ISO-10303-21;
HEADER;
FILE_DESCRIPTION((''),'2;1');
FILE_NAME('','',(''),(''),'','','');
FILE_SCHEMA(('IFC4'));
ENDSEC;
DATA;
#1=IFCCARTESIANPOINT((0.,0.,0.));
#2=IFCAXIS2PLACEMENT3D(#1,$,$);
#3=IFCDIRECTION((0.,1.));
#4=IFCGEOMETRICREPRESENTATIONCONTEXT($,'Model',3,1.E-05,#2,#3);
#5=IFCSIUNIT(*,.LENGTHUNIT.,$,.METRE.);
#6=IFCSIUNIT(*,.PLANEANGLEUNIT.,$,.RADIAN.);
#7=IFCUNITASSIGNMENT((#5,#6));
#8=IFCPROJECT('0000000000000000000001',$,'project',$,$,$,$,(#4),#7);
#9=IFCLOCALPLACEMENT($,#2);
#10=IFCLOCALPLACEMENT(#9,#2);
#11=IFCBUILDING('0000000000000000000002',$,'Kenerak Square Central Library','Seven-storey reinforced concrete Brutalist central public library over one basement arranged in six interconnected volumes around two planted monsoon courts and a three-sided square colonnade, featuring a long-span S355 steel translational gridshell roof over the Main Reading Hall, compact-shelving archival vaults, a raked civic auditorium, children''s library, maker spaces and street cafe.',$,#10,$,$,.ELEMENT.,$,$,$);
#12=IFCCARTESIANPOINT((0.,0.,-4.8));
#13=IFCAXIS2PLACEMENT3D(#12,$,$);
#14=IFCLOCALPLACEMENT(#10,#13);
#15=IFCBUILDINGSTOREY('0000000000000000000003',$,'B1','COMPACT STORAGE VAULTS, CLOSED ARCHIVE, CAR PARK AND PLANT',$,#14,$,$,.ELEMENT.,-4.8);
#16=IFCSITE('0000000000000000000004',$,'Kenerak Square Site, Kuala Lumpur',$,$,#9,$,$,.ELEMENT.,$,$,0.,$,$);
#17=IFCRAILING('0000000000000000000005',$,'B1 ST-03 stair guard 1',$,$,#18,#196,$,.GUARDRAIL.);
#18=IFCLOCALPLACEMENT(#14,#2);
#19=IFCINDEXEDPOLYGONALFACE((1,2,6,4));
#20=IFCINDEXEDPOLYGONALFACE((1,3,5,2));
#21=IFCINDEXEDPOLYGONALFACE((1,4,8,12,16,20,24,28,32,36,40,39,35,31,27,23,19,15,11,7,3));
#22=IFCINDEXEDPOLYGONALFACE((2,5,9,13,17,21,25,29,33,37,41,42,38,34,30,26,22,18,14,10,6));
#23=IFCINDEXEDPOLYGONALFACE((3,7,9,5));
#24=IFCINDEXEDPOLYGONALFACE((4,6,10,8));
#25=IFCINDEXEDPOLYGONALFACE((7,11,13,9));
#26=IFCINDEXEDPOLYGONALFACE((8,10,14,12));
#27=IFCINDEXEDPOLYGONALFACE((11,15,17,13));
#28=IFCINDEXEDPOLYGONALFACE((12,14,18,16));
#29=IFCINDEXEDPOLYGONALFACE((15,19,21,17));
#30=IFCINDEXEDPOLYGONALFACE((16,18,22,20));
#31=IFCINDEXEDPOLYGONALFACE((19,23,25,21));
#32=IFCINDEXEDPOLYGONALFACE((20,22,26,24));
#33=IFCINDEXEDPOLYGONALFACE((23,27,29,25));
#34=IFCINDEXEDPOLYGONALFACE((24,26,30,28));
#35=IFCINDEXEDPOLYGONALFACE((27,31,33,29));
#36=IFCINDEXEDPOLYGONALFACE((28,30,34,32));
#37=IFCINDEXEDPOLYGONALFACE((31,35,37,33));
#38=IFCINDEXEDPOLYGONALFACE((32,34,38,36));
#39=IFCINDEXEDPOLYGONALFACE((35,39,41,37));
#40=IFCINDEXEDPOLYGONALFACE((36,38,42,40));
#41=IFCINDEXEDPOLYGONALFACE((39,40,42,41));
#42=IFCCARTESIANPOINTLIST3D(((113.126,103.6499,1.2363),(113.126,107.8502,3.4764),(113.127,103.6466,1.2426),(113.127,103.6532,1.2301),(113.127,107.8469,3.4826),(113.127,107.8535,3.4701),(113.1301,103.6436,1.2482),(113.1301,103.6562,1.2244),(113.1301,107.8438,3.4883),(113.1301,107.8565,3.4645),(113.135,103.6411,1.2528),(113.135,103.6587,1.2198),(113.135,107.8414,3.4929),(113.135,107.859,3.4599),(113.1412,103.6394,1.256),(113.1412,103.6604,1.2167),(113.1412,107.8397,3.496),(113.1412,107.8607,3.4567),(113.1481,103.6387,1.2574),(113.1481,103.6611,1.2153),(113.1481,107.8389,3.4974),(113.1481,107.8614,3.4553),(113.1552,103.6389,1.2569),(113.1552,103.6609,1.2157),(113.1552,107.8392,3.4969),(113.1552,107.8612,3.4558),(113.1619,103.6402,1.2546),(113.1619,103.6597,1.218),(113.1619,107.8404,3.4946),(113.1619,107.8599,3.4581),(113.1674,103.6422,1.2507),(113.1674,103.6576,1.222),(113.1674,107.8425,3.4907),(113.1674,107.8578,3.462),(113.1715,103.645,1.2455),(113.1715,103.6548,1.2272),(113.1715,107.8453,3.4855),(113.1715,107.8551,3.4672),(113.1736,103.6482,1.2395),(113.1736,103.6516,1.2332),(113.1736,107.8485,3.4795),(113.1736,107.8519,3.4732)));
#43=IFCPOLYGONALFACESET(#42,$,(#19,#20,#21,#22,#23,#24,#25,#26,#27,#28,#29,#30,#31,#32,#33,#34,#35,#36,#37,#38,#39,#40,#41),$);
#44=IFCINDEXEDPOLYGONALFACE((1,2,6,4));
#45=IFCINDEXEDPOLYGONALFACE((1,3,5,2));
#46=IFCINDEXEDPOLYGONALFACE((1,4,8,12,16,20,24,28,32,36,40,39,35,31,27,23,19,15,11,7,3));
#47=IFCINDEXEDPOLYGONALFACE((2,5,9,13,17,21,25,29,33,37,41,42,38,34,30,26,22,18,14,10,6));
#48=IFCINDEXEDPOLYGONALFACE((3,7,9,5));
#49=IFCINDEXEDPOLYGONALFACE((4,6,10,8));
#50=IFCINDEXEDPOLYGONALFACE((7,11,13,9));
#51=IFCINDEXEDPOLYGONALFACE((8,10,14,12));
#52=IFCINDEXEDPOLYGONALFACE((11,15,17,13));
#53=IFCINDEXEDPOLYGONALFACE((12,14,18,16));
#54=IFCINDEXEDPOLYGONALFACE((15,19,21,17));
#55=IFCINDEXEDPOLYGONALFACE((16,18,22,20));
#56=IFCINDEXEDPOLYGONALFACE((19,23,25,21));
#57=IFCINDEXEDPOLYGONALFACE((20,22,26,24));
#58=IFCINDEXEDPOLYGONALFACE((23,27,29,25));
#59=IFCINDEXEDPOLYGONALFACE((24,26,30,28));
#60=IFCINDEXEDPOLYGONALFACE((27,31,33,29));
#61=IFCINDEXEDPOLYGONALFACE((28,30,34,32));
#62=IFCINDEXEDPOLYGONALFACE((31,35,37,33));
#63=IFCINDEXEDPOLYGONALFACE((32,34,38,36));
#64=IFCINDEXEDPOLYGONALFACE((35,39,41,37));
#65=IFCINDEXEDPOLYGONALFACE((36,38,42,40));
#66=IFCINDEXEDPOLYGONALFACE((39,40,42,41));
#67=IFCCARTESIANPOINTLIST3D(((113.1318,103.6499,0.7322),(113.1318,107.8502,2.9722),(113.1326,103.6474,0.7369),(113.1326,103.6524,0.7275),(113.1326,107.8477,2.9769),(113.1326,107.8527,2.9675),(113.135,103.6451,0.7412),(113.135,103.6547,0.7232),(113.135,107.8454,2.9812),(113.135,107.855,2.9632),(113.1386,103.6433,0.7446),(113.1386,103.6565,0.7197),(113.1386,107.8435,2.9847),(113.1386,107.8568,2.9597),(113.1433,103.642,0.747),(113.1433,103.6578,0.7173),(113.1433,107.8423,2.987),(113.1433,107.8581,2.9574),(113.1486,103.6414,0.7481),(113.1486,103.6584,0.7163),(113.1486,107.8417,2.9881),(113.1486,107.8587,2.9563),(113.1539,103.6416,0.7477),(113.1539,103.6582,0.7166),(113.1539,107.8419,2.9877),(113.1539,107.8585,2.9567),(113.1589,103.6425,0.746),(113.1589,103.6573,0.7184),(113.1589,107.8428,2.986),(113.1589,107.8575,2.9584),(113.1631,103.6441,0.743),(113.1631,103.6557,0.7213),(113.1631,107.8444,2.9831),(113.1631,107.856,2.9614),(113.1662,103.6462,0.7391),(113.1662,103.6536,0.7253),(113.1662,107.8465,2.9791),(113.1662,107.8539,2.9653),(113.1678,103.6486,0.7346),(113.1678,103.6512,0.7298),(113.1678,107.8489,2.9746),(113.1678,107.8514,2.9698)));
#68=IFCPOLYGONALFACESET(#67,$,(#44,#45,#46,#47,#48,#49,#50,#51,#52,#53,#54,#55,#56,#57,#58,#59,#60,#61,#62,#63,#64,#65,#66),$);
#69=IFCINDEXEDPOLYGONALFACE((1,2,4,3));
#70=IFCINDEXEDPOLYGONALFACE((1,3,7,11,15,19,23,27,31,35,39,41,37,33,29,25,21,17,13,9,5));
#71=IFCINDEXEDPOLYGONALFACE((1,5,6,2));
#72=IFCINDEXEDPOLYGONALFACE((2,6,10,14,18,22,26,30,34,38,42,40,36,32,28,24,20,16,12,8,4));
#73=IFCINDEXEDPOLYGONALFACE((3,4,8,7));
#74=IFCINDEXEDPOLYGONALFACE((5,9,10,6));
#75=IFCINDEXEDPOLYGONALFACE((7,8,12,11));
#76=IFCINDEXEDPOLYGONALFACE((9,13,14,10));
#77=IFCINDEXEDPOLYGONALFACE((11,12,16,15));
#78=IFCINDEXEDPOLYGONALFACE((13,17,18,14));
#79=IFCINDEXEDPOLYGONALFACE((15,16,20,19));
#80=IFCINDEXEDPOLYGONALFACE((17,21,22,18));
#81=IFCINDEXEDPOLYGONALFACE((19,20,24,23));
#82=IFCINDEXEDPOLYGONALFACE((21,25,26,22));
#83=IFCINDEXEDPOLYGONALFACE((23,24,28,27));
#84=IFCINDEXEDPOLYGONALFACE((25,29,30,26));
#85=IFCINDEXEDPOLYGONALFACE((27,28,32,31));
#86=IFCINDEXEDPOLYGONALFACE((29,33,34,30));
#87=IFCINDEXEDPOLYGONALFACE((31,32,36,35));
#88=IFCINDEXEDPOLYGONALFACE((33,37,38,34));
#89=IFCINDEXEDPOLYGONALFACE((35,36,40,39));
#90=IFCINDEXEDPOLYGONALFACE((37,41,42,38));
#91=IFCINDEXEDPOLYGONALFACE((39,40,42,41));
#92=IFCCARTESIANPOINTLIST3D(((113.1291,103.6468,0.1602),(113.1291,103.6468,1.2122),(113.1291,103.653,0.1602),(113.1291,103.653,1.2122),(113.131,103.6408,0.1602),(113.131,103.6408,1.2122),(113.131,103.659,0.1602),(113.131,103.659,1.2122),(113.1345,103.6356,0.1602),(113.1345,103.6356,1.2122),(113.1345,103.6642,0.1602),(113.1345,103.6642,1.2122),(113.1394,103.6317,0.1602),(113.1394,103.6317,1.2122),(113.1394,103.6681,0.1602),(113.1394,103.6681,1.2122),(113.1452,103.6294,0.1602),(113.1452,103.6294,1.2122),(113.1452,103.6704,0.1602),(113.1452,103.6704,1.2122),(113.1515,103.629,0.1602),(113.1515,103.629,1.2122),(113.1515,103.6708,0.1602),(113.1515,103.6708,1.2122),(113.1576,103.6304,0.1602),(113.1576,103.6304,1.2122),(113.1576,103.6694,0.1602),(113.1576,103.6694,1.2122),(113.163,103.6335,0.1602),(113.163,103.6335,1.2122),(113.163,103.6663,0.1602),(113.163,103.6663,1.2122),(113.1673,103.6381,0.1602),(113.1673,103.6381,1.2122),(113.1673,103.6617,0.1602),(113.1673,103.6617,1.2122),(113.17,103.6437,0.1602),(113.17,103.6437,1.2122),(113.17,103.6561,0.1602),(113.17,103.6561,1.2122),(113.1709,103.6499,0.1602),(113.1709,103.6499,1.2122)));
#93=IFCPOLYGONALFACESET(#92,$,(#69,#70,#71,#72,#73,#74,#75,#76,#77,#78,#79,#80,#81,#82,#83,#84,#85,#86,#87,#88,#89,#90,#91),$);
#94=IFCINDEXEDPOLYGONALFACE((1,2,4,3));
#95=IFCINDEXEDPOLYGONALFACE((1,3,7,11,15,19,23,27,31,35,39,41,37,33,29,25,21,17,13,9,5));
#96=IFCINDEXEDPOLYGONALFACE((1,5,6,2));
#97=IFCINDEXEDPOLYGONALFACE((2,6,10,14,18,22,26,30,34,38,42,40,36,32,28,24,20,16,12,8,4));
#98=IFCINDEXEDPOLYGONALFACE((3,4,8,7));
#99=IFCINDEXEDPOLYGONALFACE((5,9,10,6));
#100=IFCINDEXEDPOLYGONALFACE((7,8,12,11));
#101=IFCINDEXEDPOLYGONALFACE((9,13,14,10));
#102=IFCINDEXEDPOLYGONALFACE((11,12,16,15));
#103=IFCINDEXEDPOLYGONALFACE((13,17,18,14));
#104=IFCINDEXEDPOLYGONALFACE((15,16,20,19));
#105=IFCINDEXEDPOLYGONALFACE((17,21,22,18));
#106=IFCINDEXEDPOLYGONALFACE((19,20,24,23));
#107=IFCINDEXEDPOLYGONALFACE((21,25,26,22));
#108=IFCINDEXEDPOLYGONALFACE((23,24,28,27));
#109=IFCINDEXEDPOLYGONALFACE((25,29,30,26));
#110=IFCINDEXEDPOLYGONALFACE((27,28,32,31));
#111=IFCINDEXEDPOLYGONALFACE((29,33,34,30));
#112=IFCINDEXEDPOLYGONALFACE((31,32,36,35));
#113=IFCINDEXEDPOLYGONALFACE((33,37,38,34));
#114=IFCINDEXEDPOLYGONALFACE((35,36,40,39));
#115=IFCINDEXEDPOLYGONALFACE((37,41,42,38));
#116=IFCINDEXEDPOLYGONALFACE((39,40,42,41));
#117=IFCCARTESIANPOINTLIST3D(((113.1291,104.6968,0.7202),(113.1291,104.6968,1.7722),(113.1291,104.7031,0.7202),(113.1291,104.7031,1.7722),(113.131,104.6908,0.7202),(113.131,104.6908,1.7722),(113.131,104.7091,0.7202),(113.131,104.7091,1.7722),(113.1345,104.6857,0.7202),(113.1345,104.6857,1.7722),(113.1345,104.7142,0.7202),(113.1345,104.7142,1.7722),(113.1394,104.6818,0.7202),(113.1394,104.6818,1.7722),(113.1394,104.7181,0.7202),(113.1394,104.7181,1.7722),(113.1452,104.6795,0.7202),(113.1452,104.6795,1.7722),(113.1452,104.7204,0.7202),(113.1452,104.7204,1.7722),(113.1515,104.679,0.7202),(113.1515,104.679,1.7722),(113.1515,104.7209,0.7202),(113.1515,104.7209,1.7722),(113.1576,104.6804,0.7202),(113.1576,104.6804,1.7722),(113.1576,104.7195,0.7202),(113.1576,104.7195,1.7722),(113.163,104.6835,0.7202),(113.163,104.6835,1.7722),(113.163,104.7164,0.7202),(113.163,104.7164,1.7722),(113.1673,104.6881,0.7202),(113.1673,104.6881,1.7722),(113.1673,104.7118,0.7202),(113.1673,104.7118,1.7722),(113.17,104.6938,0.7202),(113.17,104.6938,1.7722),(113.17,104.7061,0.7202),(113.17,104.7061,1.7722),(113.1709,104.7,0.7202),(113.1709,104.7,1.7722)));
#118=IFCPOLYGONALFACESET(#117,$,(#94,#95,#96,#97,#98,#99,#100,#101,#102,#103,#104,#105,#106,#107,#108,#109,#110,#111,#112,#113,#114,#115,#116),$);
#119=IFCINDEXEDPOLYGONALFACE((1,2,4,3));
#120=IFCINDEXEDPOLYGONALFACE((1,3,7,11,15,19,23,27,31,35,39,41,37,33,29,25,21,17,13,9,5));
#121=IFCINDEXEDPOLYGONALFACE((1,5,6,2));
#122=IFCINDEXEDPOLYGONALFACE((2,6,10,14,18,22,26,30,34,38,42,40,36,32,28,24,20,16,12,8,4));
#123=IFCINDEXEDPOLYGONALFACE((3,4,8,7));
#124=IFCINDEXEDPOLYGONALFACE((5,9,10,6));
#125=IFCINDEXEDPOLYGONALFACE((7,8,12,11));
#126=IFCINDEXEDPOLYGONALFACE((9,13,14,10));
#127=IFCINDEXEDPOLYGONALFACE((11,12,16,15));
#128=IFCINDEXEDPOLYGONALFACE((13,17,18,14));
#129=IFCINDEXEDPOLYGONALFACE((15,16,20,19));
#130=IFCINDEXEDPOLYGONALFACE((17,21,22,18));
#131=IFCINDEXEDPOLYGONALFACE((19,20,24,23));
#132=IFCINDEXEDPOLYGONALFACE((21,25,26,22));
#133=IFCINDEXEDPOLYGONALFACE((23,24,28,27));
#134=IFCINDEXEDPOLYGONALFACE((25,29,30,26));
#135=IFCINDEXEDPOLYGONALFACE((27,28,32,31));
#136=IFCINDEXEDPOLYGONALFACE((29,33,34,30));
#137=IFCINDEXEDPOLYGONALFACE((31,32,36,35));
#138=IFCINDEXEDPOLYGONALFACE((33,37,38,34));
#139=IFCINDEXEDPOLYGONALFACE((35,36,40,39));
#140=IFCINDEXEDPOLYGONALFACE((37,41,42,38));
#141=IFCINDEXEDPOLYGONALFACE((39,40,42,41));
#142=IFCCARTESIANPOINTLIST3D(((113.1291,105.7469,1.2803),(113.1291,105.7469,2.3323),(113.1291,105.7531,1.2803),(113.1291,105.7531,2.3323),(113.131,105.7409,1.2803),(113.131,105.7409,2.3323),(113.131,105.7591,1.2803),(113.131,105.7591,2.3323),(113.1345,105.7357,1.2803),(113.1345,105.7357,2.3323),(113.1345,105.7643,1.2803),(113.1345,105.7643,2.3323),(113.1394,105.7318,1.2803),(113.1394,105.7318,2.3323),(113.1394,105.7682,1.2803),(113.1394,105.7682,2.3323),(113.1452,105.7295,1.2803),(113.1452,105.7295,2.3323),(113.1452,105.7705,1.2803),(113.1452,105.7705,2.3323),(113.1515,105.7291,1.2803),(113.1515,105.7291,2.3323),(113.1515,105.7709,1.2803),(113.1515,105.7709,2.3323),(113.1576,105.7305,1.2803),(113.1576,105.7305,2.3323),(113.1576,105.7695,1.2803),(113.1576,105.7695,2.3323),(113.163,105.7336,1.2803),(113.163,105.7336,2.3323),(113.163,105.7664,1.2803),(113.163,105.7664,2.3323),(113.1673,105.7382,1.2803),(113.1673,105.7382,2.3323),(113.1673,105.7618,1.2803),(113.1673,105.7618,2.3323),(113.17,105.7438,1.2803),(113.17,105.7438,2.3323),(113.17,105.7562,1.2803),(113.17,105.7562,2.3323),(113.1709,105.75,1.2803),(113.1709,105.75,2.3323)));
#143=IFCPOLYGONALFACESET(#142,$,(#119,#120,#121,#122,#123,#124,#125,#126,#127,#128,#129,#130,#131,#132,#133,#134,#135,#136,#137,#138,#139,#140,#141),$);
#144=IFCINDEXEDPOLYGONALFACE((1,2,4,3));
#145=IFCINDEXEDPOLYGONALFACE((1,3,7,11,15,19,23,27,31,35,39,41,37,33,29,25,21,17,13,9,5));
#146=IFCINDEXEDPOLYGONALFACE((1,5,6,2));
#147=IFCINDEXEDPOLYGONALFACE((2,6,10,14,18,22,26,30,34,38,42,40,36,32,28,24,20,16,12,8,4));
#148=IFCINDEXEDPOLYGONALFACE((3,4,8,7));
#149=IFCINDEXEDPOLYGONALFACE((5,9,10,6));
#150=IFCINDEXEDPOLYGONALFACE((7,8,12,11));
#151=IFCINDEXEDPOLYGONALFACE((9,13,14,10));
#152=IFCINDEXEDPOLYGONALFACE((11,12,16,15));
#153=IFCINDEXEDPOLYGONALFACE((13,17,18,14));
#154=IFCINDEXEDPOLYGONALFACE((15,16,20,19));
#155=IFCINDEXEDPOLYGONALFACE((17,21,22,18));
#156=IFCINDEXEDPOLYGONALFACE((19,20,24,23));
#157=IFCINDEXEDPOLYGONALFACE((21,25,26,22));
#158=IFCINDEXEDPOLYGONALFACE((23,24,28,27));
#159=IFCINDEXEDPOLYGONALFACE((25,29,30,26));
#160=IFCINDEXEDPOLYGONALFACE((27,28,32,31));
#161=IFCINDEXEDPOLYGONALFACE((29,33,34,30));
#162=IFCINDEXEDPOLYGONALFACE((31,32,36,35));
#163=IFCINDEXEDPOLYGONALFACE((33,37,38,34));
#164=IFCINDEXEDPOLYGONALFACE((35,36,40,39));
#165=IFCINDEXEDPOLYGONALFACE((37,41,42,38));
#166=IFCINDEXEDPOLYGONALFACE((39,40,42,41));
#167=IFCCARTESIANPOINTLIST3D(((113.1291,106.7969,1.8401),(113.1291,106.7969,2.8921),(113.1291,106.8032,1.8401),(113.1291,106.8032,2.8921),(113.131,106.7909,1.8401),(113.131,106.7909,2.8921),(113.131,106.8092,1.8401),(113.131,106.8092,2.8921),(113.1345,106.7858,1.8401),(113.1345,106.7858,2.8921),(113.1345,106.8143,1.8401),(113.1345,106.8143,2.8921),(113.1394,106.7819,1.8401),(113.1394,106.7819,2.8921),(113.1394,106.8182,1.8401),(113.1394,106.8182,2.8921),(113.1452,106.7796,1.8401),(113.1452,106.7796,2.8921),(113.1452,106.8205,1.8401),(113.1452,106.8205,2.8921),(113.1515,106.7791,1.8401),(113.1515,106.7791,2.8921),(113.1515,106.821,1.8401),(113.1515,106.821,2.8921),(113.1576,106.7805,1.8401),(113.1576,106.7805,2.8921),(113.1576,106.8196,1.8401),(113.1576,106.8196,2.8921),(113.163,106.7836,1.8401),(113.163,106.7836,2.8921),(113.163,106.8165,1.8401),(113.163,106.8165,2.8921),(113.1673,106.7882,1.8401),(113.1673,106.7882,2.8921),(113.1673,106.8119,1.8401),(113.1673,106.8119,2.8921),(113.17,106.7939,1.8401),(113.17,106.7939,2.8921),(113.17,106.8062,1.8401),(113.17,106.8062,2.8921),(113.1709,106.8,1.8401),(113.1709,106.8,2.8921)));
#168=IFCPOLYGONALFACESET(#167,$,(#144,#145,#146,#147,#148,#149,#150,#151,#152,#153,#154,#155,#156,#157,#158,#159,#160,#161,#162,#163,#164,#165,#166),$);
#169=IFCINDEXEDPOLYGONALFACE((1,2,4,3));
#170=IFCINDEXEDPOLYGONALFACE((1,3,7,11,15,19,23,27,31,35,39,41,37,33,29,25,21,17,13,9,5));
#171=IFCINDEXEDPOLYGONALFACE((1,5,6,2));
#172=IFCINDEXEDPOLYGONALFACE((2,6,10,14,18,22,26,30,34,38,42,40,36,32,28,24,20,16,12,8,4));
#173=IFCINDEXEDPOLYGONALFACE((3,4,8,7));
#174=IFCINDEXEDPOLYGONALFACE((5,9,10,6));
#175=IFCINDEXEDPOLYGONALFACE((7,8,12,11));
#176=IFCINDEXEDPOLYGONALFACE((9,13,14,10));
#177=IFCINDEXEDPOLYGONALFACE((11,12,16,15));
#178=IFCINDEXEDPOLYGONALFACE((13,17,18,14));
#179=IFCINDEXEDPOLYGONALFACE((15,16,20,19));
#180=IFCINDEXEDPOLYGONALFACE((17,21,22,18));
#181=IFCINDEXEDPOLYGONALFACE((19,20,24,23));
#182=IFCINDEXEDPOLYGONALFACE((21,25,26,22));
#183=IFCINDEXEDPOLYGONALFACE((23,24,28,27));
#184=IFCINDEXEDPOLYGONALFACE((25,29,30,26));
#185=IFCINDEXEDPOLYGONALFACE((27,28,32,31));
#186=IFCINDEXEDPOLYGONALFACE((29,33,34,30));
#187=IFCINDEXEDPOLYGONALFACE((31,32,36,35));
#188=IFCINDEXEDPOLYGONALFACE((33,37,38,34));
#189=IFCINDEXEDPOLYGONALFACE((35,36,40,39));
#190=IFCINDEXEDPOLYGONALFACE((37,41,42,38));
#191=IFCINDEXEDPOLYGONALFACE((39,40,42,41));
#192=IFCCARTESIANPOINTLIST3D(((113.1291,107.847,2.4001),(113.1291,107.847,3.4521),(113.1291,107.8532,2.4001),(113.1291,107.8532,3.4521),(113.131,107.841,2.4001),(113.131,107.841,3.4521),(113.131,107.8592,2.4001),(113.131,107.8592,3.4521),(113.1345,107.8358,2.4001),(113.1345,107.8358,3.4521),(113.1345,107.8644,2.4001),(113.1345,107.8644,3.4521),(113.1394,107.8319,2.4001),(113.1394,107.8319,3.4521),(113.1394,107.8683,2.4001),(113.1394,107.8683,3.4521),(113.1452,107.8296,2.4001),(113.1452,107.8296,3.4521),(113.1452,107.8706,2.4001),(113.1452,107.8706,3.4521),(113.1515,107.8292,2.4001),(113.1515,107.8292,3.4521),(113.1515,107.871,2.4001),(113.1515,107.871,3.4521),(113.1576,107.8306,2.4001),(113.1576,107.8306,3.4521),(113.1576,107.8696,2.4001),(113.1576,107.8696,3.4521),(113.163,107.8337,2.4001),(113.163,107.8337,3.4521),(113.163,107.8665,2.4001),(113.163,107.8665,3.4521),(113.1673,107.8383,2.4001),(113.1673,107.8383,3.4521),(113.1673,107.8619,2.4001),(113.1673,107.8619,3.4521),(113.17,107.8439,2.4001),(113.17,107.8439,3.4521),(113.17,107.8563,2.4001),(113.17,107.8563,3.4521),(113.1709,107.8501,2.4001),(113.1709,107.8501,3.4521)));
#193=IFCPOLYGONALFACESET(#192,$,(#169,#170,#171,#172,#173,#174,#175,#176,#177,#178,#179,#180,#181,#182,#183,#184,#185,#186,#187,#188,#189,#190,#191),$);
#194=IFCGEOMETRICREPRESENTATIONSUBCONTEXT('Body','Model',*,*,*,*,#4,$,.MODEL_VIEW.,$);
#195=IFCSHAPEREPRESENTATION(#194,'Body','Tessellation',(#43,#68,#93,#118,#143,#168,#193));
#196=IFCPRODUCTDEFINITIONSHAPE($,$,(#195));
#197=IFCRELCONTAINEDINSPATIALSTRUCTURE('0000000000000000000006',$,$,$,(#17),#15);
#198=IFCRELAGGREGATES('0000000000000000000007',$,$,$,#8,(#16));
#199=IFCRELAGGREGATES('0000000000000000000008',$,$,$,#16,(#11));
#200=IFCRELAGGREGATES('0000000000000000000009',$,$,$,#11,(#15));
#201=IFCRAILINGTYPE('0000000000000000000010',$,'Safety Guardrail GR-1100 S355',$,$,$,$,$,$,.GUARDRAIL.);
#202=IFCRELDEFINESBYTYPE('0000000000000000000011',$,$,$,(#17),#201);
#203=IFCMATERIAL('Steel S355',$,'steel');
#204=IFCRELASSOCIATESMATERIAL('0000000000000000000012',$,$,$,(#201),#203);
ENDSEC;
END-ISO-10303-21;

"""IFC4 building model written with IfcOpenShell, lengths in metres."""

from ifc_helpers import new_model, si_unit, direction, frame, origin, origin_2d, place, context, subcontext, project, spatial, circle, extrude, material, type_object, element, save


model = new_model("IFC4")

# Units and contexts
model_context = context("Model", 3, precision=1e-05, world=origin(), true_north=direction((0.0, 1.0)))
body_context = subcontext(model_context, "Body", "Model", "MODEL_VIEW")
ifc_project = project(units=[si_unit("LENGTHUNIT", "METRE"), si_unit("PLANEANGLEUNIT", "RADIAN")], contexts=[model_context])

# Site, building, storey
site_placement = place(None, origin())
site = spatial("IfcSite", under=ifc_project, at=site_placement, Name="Kenerak Square Site, Kuala Lumpur", CompositionType="ELEMENT", RefElevation=0.0)
building_placement = place(site_placement, origin())
building = spatial("IfcBuilding", under=site, at=building_placement, Name="Kenerak Square Central Library", Description="Seven-storey reinforced concrete Brutalist central public library over one basement arranged in six interconnected volumes around two planted monsoon courts and a three-sided square colonnade, featuring a long-span S355 steel translational gridshell roof over the Main Reading Hall, compact-shelving archival vaults, a raked civic auditorium, children's library, maker spaces and street cafe.", CompositionType="ELEMENT")
storey_placement = place(building_placement, frame((0.0, 0.0, -4.8)))
storey = spatial("IfcBuildingStorey", under=building, at=storey_placement, Name="B1", Description="COMPACT STORAGE VAULTS, CLOSED ARCHIVE, CAR PARK AND PLANT", CompositionType="ELEMENT", Elevation=-4.8)

# Railing
ifc_material_1 = material(Name="Steel S355", Category="steel")
railing_type_1 = type_object("IfcRailingType", Name="Safety Guardrail GR-1100 S355", PredefinedType="GUARDRAIL", material=ifc_material_1)
railing_1_placement = place(storey_placement, frame((113.1499, 103.6499, 0.1602)))
element("IfcRailing", 1, at=railing_1_placement, inside=storey, type_object=railing_type_1, Name="B1 ST-03 stair guard 1", PredefinedType="GUARDRAIL", context=body_context, shape_type="SweptSolid", body=[
    extrude(circle(Radius=0.0239, at=origin_2d()), frame((0.0, 0.0, 1.0762), z_axis=(0.0, 0.882363, 0.47057), x_axis=(-1.0, 0.0, 0.0)), (0.0, 0.0, 1.0), 4.7603),
    extrude(circle(Radius=0.0181, at=origin_2d()), frame((0.0, 0.0, 0.572), z_axis=(0.0, 0.882363, 0.47057), x_axis=(-1.0, 0.0, 0.0)), (0.0, 0.0, 1.0), 4.7603),
    extrude(circle(Radius=0.021, at=origin_2d()), origin(), (0.0, 0.0, 1.0), 1.052),
    extrude(circle(Radius=0.021, at=origin_2d()), frame((0.0, 1.05, 0.5601)), (0.0, 0.0, 1.0), 1.052),
    extrude(circle(Radius=0.021, at=origin_2d()), frame((0.0, 2.1001, 1.1201)), (0.0, 0.0, 1.0), 1.052),
    extrude(circle(Radius=0.021, at=origin_2d()), frame((0.0, 3.1501, 1.6799)), (0.0, 0.0, 1.0), 1.052),
    extrude(circle(Radius=0.021, at=origin_2d()), frame((0.0, 4.2002, 2.24)), (0.0, 0.0, 1.0), 1.052),
])

save(model, "model.ifc")
